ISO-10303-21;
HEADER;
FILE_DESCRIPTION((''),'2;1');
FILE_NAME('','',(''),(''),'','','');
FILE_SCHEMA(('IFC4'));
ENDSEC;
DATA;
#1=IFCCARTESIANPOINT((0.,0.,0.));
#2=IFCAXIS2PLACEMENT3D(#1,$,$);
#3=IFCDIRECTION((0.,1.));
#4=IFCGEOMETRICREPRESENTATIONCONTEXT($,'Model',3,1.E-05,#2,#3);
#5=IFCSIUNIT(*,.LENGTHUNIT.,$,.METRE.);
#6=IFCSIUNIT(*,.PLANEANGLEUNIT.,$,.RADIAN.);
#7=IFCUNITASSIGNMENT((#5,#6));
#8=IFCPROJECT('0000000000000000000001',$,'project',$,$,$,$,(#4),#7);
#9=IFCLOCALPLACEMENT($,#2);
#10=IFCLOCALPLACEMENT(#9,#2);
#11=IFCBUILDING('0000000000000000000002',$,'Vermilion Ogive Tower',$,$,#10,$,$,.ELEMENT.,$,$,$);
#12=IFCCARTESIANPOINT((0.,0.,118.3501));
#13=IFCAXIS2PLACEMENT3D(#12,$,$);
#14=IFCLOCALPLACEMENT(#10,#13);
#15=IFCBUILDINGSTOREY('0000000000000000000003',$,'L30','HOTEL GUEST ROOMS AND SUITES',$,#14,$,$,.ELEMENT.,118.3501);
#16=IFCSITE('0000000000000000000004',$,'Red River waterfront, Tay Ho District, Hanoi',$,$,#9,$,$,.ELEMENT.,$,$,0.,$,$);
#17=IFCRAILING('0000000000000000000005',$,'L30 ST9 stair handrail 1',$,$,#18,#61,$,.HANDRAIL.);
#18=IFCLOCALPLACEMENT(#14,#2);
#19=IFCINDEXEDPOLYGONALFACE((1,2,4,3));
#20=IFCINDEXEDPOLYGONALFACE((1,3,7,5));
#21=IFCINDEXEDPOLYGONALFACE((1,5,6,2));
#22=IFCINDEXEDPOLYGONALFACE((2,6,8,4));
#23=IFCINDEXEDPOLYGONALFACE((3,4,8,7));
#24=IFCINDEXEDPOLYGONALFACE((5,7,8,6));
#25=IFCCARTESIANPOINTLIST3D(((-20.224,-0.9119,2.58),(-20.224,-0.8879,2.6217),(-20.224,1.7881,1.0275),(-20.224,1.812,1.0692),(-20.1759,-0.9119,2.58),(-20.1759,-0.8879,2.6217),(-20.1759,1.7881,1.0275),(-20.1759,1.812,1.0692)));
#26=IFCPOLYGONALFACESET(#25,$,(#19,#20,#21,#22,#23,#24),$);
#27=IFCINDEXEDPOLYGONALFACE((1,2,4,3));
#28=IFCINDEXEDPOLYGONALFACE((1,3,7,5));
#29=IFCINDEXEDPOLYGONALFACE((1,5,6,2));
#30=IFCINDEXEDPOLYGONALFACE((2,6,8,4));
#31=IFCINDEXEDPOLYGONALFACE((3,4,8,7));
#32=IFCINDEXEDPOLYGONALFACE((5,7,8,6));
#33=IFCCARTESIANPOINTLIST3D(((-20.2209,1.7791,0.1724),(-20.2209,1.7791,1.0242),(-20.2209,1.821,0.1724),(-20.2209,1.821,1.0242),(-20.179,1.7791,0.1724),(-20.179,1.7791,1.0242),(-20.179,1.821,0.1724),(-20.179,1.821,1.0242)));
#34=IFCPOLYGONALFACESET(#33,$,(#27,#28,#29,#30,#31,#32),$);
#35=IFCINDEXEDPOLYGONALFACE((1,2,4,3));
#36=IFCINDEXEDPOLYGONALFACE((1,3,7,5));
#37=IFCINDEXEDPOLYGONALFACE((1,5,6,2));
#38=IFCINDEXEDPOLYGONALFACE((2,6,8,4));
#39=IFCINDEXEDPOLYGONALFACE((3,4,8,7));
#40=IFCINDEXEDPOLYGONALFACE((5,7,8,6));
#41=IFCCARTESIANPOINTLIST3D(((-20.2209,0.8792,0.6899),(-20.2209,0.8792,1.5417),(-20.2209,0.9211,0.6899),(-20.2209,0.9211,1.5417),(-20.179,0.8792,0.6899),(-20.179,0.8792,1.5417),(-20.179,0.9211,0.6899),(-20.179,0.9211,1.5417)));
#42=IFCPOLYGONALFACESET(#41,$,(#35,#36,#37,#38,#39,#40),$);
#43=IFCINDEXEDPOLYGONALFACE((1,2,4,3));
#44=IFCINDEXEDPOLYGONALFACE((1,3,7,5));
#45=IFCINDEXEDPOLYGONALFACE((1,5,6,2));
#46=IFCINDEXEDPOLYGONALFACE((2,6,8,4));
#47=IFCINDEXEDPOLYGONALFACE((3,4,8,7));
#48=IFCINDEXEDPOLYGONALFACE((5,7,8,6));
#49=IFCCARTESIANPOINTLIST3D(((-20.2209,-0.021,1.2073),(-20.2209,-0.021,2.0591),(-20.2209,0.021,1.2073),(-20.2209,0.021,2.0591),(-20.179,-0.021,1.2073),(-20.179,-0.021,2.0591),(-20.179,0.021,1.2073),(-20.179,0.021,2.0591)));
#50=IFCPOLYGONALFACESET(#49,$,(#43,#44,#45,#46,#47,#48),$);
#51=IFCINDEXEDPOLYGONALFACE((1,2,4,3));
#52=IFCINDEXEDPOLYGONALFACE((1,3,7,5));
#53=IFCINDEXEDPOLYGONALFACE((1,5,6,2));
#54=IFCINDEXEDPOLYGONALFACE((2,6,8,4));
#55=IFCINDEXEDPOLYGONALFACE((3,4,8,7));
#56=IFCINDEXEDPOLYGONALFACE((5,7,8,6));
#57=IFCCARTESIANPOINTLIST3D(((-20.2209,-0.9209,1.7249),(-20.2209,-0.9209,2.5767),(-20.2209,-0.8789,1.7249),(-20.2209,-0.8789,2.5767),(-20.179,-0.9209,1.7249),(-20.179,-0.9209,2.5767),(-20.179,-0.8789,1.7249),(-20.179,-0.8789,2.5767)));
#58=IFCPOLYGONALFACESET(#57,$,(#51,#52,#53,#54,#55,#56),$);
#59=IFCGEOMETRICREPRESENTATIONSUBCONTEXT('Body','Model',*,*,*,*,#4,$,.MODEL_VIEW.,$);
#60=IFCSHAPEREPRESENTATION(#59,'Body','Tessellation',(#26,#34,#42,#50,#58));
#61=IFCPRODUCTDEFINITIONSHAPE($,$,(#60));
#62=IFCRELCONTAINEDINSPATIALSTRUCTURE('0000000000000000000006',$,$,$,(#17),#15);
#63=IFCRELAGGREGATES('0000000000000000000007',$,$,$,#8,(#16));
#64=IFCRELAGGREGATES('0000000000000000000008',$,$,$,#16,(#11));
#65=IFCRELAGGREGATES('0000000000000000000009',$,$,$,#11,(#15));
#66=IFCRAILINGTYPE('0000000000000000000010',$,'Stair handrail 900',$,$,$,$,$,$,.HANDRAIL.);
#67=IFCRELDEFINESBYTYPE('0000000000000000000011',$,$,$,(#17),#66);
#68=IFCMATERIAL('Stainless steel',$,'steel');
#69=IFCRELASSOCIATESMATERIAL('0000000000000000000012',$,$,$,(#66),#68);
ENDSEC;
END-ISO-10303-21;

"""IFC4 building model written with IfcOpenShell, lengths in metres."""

from ifc_helpers import new_model, si_unit, direction, frame, origin, origin_2d, place, context, subcontext, project, spatial, rectangle, extrude, material, type_object, element, save


model = new_model("IFC4")

# Units and contexts
model_context = context("Model", 3, precision=1e-05, world=origin(), true_north=direction((0.0, 1.0)))
body_context = subcontext(model_context, "Body", "Model", "MODEL_VIEW")
ifc_project = project(units=[si_unit("LENGTHUNIT", "METRE"), si_unit("PLANEANGLEUNIT", "RADIAN")], contexts=[model_context])

# Site, building, storey
site_placement = place(None, origin())
site = spatial("IfcSite", under=ifc_project, at=site_placement, Name="Red River waterfront, Tay Ho District, Hanoi", CompositionType="ELEMENT", RefElevation=0.0)
building_placement = place(site_placement, origin())
building = spatial("IfcBuilding", under=site, at=building_placement, Name="Vermilion Ogive Tower", CompositionType="ELEMENT")
storey_placement = place(building_placement, frame((0.0, 0.0, 118.3501)))
storey = spatial("IfcBuildingStorey", under=building, at=storey_placement, Name="L30", Description="HOTEL GUEST ROOMS AND SUITES", CompositionType="ELEMENT", Elevation=118.3501)

# Railing
ifc_material_1 = material(Name="Stainless steel", Category="steel")
railing_type_1 = type_object("IfcRailingType", Name="Stair handrail 900", PredefinedType="HANDRAIL", material=ifc_material_1)
railing_1_placement = place(storey_placement, frame((-20.2, 1.8, 0.1724)))
element("IfcRailing", 1, at=railing_1_placement, inside=storey, type_object=railing_type_1, Name="L30 ST9 stair handrail 1", PredefinedType="HANDRAIL", context=body_context, shape_type="SweptSolid", body=[
    extrude(rectangle(XDim=0.0481, YDim=0.0481, at=origin_2d()), frame((0.0, 0.0, 0.876), z_axis=(0.0, -0.866904, 0.498476), x_axis=(1.0, 0.0, 0.0)), (0.0, 0.0, 1.0), 3.1145),
    extrude(rectangle(XDim=0.042, YDim=0.042, at=origin_2d()), origin(), (0.0, 0.0, 1.0), 0.8518),
    extrude(rectangle(XDim=0.042, YDim=0.042, at=origin_2d()), frame((0.0, -0.8999, 0.5176)), (0.0, 0.0, 1.0), 0.8518),
    extrude(rectangle(XDim=0.042, YDim=0.042, at=origin_2d()), frame((0.0, -1.8, 1.0349)), (0.0, 0.0, 1.0), 0.8518),
    extrude(rectangle(XDim=0.042, YDim=0.042, at=origin_2d()), frame((0.0, -2.7, 1.5525)), (0.0, 0.0, 1.0), 0.8518),
])

save(model, "model.ifc")
